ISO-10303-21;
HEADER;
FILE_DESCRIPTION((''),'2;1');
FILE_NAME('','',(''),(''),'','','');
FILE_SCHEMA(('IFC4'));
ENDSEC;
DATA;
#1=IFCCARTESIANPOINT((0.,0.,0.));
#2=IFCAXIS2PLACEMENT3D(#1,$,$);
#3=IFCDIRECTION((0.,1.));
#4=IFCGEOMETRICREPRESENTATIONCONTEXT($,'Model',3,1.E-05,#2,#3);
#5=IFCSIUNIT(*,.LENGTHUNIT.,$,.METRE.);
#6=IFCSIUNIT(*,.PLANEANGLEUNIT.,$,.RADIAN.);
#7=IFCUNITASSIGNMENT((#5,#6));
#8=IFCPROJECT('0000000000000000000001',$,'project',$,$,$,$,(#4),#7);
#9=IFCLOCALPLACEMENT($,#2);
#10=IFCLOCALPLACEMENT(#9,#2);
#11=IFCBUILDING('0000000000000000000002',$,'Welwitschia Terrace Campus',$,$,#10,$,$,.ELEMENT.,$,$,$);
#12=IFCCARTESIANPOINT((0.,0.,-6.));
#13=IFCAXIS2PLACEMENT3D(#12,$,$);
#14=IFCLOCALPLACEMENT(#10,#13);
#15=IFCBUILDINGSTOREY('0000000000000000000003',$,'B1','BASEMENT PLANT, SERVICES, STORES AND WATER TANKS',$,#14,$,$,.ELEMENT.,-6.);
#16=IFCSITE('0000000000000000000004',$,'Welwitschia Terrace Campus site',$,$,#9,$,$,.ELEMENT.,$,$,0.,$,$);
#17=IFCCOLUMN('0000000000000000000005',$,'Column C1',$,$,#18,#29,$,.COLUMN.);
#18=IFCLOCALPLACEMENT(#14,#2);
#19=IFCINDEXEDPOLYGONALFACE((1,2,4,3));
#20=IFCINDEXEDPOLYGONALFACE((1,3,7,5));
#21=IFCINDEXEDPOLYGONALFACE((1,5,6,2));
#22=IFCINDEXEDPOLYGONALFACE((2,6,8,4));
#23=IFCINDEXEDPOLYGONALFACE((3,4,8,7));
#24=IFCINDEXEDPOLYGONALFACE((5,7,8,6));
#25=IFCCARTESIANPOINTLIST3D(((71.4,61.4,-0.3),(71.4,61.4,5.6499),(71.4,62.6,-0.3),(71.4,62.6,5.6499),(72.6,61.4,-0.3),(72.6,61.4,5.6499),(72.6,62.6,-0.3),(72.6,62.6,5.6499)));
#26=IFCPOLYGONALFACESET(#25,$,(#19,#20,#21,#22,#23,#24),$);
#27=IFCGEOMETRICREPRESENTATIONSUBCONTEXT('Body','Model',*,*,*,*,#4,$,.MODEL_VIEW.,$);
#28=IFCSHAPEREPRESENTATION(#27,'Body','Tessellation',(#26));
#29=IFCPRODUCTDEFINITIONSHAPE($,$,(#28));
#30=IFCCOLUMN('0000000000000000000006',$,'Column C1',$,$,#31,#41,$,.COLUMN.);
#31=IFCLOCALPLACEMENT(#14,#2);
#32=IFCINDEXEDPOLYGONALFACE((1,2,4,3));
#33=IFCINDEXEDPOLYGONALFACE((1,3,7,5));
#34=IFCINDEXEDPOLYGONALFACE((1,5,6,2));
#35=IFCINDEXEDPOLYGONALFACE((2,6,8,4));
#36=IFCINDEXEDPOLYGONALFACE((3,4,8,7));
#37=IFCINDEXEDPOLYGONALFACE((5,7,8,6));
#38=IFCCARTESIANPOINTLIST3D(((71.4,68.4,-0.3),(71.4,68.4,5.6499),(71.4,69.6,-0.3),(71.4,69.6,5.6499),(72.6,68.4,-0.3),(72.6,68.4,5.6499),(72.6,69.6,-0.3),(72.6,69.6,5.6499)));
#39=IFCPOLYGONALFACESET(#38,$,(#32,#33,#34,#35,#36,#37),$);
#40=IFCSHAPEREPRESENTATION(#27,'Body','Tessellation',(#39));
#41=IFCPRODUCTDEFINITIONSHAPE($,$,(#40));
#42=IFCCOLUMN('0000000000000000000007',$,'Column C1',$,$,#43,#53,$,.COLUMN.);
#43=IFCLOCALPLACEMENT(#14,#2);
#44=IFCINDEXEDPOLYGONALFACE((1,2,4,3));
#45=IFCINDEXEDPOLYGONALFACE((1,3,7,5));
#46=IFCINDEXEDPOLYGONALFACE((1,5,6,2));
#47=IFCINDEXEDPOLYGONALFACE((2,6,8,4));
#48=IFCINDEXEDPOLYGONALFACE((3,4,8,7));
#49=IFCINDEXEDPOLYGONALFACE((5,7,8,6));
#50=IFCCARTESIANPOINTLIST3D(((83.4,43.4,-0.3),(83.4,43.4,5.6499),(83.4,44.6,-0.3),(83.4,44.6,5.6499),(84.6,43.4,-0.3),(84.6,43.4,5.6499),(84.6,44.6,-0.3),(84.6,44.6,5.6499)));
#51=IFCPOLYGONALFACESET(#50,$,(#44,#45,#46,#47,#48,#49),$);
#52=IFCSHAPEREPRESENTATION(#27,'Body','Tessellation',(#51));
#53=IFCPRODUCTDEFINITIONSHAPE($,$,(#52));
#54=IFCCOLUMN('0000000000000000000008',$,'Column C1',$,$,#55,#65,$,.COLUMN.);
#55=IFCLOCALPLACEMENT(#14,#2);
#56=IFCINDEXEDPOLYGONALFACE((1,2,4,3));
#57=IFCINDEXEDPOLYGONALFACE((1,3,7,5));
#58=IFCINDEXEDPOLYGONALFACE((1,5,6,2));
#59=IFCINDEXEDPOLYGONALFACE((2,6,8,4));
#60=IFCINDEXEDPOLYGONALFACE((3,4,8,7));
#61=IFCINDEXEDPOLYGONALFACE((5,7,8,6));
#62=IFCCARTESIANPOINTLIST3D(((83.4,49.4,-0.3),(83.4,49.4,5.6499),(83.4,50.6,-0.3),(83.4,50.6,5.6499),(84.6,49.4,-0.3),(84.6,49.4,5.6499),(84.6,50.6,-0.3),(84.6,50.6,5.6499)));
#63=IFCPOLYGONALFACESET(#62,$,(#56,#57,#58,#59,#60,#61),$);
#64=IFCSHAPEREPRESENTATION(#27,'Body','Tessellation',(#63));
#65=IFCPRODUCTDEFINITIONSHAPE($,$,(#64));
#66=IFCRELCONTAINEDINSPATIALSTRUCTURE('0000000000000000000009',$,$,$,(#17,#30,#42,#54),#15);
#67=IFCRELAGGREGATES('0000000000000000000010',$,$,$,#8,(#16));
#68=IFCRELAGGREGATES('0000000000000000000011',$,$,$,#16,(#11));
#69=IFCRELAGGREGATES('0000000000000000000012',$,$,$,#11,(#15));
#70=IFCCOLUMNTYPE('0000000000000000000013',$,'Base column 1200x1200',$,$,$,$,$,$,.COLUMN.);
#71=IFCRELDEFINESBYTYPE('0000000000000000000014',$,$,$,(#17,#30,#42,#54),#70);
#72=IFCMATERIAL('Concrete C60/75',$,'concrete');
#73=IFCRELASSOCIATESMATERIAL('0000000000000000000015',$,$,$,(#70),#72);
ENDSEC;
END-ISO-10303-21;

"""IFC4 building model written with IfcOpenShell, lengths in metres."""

from ifc_helpers import new_model, si_unit, direction, frame, origin, origin_2d, place, context, subcontext, project, spatial, rectangle, extrude, material, material_profile, profile_set, type_object, element, save


model = new_model("IFC4")

# Units and contexts
model_context = context("Model", 3, precision=1e-05, world=origin(), true_north=direction((0.0, 1.0)))
body_context = subcontext(model_context, "Body", "Model", "MODEL_VIEW")
ifc_project = project(units=[si_unit("LENGTHUNIT", "METRE"), si_unit("PLANEANGLEUNIT", "RADIAN")], contexts=[model_context])

# Site, building, storey
site_placement = place(None, origin())
site = spatial("IfcSite", under=ifc_project, at=site_placement, Name="Welwitschia Terrace Campus site", CompositionType="ELEMENT", RefElevation=0.0)
building_placement = place(site_placement, origin())
building = spatial("IfcBuilding", under=site, at=building_placement, Name="Welwitschia Terrace Campus", CompositionType="ELEMENT")
storey_placement = place(building_placement, frame((0.0, 0.0, -6.0)))
storey = spatial("IfcBuildingStorey", under=building, at=storey_placement, Name="B1", Description="BASEMENT PLANT, SERVICES, STORES AND WATER TANKS", CompositionType="ELEMENT", Elevation=-6.0)

# Columns
ifc_material_1 = material(Name="Concrete C60/75", Category="concrete")
ifc_material_profile = material_profile(ifc_material_1, rectangle(XDim=1.2, YDim=1.2, at=origin_2d()))
ifc_profile_set = profile_set([ifc_material_profile], Name="Concrete C60/75")
column_type = type_object("IfcColumnType", Name="Base column 1200x1200", PredefinedType="COLUMN", material=ifc_profile_set)
for number, where, z_axis, x_axis, name in (
    (1, (72.0, 62.0, -0.3), (0.0, 0.0, 1.0), (1.0, 0.0, 0.0), "Column C1"),
    (2, (72.0, 69.0, -0.3), (0.0, 0.0, 1.0), (1.0, 0.0, 0.0), "Column C1"),
    (3, (84.0, 44.0, -0.3), (0.0, 0.0, 1.0), (1.0, 0.0, 0.0), "Column C1"),
    (4, (84.0, 50.0, -0.3), (0.0, 0.0, 1.0), (1.0, 0.0, 0.0), "Column C1"),
):
    element("IfcColumn", number, at=place(storey_placement, frame(where, z_axis=z_axis, x_axis=x_axis)), inside=storey, type_object=column_type, Name=name, PredefinedType="COLUMN", context=body_context, shape_type="SweptSolid", body=[
        extrude(rectangle(XDim=1.2, YDim=1.2, at=origin_2d()), origin(), (0.0, 0.0, 1.0), 5.95),
    ])

save(model, "model.ifc")
